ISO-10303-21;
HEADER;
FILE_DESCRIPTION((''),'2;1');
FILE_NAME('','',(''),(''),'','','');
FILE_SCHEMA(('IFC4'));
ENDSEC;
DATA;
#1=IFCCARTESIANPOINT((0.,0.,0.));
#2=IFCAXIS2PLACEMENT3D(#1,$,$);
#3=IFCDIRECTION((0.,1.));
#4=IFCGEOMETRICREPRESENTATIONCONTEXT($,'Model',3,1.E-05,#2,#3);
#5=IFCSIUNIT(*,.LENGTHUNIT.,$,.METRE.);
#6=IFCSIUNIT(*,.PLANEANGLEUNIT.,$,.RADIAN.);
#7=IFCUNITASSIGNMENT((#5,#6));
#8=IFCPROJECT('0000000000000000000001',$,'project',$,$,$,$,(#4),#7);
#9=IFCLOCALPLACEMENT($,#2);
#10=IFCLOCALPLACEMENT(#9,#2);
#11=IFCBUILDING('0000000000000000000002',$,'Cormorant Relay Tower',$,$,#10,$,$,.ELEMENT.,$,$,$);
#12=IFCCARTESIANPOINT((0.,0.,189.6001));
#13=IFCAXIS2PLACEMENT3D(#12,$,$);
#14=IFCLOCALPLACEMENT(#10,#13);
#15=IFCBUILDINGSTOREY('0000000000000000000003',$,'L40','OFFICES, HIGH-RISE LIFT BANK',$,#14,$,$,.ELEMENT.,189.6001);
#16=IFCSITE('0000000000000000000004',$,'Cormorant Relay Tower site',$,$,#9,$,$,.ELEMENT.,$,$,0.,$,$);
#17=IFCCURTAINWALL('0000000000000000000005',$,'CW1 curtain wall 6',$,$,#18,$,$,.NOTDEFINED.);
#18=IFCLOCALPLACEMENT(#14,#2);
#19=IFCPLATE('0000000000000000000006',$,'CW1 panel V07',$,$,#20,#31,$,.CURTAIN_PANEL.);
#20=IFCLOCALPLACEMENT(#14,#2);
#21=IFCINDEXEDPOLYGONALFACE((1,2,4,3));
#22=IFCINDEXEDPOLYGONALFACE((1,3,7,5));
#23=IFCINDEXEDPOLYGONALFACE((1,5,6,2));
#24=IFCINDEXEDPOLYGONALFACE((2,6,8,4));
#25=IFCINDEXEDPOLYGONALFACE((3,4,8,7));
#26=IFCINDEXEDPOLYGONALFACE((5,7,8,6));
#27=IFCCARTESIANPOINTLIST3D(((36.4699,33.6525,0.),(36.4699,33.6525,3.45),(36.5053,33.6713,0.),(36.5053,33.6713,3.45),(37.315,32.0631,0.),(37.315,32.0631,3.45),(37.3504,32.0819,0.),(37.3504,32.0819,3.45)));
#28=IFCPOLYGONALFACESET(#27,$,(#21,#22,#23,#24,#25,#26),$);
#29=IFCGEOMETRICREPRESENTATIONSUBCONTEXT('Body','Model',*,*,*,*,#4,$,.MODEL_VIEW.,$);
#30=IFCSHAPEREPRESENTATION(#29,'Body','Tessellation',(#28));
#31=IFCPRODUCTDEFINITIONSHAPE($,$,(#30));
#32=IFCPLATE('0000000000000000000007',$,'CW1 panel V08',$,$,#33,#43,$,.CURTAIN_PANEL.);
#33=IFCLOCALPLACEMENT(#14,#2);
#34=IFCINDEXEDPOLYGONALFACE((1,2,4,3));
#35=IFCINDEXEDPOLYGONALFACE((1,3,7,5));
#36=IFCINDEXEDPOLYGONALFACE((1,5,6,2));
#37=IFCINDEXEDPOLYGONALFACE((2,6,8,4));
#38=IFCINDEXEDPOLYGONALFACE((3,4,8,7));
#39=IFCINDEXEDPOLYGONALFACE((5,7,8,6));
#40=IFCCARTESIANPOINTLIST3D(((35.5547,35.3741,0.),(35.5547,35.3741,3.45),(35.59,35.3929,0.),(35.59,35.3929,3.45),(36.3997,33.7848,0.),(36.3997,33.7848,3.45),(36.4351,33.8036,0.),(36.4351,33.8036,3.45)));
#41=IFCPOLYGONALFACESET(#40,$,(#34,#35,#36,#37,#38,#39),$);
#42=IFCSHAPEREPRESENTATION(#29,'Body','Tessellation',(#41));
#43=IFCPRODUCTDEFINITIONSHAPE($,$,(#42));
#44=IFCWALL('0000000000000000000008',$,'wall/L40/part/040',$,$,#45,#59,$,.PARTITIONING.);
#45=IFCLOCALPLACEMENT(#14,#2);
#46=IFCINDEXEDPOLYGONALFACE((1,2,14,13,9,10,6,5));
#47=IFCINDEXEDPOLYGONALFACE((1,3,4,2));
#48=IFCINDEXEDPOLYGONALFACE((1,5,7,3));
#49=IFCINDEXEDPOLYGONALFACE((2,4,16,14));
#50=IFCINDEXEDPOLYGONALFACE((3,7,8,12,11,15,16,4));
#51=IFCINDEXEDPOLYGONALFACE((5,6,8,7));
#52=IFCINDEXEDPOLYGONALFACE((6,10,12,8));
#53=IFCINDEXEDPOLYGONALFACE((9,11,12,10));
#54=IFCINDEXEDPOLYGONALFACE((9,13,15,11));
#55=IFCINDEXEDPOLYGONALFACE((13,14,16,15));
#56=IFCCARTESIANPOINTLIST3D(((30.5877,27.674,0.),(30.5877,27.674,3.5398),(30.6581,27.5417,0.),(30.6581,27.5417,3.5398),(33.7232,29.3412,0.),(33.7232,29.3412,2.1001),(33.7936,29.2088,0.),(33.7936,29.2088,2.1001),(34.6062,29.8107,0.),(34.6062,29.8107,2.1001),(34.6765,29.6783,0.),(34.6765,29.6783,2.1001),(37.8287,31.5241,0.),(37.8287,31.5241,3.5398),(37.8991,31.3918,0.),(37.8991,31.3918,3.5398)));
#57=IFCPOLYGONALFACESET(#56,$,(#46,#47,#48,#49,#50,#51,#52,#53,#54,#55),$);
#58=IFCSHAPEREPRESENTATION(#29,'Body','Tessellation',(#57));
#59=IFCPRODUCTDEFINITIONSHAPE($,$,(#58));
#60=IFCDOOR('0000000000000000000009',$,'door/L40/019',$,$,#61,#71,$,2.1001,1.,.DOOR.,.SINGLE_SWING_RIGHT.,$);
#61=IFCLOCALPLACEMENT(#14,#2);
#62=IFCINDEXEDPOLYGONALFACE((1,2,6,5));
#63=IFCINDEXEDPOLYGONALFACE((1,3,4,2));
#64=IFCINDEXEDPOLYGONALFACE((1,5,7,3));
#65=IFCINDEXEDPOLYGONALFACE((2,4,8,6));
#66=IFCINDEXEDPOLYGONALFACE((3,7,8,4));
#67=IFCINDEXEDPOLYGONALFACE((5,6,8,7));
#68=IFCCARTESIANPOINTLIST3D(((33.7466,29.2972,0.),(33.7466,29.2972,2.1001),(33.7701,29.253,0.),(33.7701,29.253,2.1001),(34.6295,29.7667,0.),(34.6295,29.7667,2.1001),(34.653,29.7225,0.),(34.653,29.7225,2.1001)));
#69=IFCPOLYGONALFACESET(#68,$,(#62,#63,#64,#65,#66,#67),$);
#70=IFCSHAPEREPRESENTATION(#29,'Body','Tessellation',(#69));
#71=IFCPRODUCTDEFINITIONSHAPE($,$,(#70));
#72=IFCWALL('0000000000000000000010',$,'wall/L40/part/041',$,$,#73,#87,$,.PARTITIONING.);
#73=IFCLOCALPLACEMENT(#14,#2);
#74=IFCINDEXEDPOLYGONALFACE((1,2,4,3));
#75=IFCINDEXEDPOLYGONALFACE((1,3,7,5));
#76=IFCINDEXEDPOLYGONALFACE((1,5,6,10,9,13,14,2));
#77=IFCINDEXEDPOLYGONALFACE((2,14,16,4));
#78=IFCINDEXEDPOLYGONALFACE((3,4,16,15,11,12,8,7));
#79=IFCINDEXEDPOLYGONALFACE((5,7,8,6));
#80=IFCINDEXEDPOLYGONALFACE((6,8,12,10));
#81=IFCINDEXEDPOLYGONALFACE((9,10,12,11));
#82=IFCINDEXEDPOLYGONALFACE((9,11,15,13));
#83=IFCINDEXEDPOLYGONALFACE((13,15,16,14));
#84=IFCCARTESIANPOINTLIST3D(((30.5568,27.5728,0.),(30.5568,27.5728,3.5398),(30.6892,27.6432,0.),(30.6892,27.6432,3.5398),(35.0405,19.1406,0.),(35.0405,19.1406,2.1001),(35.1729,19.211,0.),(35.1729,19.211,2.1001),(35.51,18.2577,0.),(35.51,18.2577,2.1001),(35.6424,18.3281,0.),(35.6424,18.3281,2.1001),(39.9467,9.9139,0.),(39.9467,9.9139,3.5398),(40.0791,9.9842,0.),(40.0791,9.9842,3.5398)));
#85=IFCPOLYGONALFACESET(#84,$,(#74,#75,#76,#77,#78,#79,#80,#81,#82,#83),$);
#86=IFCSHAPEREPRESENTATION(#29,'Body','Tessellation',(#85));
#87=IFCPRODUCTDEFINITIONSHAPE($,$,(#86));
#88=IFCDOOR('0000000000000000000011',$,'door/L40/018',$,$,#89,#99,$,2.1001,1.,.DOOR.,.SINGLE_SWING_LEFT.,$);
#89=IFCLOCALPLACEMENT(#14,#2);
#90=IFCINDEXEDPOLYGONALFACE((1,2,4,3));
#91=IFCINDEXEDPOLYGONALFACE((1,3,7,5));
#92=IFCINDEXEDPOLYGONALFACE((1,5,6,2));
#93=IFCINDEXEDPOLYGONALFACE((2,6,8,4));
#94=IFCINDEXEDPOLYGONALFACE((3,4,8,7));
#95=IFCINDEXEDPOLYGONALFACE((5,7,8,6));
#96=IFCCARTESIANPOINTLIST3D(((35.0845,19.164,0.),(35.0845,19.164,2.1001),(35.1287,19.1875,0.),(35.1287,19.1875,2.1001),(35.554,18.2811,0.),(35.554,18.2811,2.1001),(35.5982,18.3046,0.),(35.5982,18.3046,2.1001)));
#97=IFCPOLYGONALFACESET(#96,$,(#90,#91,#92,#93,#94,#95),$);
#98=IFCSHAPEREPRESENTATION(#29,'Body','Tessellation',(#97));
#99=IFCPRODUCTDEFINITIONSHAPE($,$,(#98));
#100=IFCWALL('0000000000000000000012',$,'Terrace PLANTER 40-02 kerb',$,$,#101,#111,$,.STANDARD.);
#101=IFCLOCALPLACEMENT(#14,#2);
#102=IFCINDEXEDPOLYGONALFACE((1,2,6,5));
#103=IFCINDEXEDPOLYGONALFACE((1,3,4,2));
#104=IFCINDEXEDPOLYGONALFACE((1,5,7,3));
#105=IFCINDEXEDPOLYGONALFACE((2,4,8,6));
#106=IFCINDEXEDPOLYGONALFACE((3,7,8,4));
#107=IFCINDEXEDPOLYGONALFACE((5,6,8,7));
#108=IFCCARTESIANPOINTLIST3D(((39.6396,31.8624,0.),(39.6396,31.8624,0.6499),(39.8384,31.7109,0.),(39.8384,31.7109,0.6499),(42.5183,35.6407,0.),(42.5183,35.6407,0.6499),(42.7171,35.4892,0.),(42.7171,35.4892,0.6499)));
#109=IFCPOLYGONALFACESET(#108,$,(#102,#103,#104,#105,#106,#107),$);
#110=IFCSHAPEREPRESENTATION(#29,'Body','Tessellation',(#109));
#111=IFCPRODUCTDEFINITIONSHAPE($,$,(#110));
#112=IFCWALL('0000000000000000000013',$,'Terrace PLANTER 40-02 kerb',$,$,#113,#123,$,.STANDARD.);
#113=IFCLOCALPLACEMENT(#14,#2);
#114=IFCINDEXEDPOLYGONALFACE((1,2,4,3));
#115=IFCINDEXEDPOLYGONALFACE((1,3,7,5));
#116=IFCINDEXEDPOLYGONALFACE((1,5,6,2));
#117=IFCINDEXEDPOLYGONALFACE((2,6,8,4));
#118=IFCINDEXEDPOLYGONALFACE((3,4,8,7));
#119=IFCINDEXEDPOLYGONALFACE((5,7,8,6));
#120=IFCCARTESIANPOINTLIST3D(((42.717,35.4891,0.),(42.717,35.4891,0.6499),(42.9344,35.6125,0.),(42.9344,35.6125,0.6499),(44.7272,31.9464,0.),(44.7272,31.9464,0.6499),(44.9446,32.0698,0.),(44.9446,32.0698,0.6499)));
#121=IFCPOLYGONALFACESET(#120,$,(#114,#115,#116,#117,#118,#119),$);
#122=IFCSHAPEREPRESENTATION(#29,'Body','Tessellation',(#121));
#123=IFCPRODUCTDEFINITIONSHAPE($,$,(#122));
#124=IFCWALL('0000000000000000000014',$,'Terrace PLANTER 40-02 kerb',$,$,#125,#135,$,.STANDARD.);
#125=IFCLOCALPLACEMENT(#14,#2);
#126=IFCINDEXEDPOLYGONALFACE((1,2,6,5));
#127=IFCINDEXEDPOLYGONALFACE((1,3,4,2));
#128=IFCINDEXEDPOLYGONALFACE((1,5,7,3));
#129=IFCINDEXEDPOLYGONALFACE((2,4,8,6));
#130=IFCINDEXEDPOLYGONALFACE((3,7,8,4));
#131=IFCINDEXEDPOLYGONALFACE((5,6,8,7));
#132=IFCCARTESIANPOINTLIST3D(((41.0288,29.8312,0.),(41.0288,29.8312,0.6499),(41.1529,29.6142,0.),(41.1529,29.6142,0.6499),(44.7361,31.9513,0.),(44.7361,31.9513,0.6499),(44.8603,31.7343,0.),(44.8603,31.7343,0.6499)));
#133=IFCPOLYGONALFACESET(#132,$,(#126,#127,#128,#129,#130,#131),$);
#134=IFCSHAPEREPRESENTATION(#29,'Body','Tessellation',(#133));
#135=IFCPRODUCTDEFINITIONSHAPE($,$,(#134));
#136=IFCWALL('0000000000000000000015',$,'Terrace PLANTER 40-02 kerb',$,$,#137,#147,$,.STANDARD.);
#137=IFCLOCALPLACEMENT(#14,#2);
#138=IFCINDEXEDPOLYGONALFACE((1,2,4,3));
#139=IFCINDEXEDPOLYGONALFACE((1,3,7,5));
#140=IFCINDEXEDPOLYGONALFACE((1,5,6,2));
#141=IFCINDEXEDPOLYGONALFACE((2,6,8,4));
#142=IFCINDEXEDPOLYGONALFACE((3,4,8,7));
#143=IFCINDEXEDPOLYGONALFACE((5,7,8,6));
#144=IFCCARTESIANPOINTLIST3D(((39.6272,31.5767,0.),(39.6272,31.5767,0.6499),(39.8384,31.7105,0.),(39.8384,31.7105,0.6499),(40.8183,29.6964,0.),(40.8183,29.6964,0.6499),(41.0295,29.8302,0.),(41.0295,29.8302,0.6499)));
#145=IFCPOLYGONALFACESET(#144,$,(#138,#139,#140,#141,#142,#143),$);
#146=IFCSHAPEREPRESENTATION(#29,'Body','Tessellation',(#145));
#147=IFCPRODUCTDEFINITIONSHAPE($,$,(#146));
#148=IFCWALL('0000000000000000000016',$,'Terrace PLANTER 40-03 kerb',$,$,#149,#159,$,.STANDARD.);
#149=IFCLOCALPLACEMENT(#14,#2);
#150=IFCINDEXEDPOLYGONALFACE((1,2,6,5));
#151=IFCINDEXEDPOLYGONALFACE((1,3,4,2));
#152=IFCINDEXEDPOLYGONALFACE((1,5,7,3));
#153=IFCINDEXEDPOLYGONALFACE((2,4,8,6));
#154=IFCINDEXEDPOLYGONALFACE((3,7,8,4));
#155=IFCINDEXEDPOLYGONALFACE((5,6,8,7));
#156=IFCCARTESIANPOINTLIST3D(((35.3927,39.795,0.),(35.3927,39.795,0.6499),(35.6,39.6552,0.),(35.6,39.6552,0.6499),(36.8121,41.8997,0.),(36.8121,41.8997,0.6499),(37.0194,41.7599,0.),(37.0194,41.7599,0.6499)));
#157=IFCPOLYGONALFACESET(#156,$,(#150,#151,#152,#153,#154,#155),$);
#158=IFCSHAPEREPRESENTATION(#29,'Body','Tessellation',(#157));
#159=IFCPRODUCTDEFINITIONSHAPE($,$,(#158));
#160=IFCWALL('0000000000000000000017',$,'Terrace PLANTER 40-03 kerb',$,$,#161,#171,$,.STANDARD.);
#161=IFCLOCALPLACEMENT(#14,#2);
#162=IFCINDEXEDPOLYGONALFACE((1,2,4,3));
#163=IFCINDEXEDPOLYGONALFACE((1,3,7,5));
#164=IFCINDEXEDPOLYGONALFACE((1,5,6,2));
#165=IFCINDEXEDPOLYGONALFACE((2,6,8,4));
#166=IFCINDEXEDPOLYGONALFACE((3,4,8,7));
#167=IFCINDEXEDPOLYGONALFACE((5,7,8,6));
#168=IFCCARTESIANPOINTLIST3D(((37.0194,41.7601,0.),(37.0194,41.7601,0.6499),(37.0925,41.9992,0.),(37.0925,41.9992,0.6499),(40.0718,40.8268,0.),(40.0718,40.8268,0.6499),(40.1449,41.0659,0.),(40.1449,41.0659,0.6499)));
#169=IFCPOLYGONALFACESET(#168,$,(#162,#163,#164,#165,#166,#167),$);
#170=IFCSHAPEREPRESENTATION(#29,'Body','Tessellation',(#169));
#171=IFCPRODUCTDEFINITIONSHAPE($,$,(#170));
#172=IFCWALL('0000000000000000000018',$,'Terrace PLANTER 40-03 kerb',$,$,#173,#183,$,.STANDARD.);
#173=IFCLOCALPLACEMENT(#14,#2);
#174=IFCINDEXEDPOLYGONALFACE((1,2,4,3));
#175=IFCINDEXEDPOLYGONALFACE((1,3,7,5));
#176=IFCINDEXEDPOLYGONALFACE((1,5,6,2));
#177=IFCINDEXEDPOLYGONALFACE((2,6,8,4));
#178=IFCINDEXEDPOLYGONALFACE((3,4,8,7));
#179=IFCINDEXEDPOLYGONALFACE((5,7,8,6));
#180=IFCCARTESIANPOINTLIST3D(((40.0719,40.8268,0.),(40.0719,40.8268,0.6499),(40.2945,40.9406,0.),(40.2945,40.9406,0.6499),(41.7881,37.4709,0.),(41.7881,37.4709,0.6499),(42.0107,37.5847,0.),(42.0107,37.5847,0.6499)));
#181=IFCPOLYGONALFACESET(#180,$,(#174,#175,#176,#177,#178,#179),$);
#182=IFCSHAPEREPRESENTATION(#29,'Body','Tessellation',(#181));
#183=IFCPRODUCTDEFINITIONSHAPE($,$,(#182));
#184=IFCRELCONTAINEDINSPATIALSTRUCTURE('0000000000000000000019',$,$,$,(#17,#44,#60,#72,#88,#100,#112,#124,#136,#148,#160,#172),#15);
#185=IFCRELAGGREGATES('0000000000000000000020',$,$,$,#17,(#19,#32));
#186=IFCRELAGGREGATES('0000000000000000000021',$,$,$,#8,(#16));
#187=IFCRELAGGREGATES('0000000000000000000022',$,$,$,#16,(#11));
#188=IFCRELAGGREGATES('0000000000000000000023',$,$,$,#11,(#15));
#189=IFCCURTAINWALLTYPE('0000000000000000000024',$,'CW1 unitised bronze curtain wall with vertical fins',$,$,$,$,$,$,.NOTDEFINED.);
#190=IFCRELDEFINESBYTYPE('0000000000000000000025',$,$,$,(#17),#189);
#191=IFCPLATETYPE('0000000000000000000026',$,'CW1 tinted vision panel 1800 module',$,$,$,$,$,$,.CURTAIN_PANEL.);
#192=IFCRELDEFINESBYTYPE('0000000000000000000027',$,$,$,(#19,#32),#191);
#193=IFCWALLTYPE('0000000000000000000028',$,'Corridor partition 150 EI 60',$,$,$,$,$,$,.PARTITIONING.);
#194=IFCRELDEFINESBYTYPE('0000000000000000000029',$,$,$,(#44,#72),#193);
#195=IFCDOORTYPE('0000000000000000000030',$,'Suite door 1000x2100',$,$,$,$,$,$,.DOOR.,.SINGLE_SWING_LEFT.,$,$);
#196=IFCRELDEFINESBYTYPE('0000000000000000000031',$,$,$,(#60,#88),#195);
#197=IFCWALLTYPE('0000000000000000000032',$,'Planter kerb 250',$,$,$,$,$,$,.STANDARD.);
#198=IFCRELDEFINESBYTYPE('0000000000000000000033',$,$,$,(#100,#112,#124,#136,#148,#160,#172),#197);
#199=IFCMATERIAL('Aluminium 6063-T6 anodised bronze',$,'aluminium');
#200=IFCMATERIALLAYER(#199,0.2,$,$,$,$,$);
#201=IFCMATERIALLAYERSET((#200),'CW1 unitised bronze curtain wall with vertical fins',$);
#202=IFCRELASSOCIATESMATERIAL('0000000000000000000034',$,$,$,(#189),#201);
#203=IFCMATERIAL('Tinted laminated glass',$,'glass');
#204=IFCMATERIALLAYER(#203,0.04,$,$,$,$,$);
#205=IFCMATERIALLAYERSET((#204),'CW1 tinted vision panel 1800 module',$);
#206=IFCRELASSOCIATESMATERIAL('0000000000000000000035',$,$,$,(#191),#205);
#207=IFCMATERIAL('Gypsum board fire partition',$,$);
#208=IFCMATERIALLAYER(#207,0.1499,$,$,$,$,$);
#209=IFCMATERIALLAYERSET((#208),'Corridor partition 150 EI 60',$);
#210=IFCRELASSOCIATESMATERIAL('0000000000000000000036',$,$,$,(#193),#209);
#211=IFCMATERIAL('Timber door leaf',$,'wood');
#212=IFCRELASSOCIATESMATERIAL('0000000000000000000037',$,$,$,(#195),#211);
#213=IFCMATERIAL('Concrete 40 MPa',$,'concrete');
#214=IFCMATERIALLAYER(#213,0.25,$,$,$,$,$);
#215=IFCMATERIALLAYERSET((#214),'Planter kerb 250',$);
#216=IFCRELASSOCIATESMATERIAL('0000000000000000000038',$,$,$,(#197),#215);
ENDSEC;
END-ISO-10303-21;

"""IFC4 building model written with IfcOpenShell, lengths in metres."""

from ifc_helpers import new_model, si_unit, direction, frame, frame_2d, origin, origin_2d, place, context, subcontext, project, spatial, rectangle, extrude, material, layer, layer_set, type_object, element, fill, aggregate, save


model = new_model("IFC4")

# Units and contexts
model_context = context("Model", 3, precision=1e-05, world=origin(), true_north=direction((0.0, 1.0)))
body_context = subcontext(model_context, "Body", "Model", "MODEL_VIEW")
ifc_project = project(units=[si_unit("LENGTHUNIT", "METRE"), si_unit("PLANEANGLEUNIT", "RADIAN")], contexts=[model_context])

# Site, building, storey
site_placement = place(None, origin())
site = spatial("IfcSite", under=ifc_project, at=site_placement, Name="Cormorant Relay Tower site", CompositionType="ELEMENT", RefElevation=0.0)
building_placement = place(site_placement, origin())
building = spatial("IfcBuilding", under=site, at=building_placement, Name="Cormorant Relay Tower", CompositionType="ELEMENT")
storey_placement = place(building_placement, frame((0.0, 0.0, 189.6001)))
storey = spatial("IfcBuildingStorey", under=building, at=storey_placement, Name="L40", Description="OFFICES, HIGH-RISE LIFT BANK", CompositionType="ELEMENT", Elevation=189.6001)

# Curtain wall
ifc_material_1 = material(Name="Aluminium 6063-T6 anodised bronze", Category="aluminium")
ifc_layer_1 = layer(ifc_material_1, 0.2)
ifc_layer_set_1 = layer_set([ifc_layer_1], Name="CW1 unitised bronze curtain wall with vertical fins")
curtain_wall_type = type_object("IfcCurtainWallType", Name="CW1 unitised bronze curtain wall with vertical fins", PredefinedType="NOTDEFINED", material=ifc_layer_set_1)
curtain_wall_1_placement = place(storey_placement, origin())
curtain_wall_1 = element("IfcCurtainWall", 1, at=curtain_wall_1_placement, inside=storey, type_object=curtain_wall_type, Name="CW1 curtain wall 6", PredefinedType="NOTDEFINED")

# Plates
ifc_material_2 = material(Name="Tinted laminated glass", Category="glass")
ifc_layer_2 = layer(ifc_material_2, 0.04)
ifc_layer_set_2 = layer_set([ifc_layer_2], Name="CW1 tinted vision panel 1800 module")
plate_type = type_object("IfcPlateType", Name="CW1 tinted vision panel 1800 module", PredefinedType="CURTAIN_PANEL", material=ifc_layer_set_2)
plate_1_placement = place(storey_placement, frame((36.9102, 32.8672, 0.0), z_axis=(0.0, 0.0, 1.0), x_axis=(-0.469472, 0.882948, 0.0)))
plate_1 = element("IfcPlate", 2, at=plate_1_placement, type_object=plate_type, Name="CW1 panel V07", PredefinedType="CURTAIN_PANEL", context=body_context, shape_type="SweptSolid", body=[
    extrude(rectangle(XDim=1.8, YDim=0.04, at=origin_2d()), origin(), (0.0, 0.0, 1.0), 3.45),
])
plate_2_placement = place(storey_placement, frame((35.9949, 34.5889, 0.0), z_axis=(0.0, 0.0, 1.0), x_axis=(-0.469472, 0.882948, 0.0)))
plate_2 = element("IfcPlate", 3, at=plate_2_placement, type_object=plate_type, Name="CW1 panel V08", PredefinedType="CURTAIN_PANEL", context=body_context, shape_type="SweptSolid", body=[
    extrude(rectangle(XDim=1.8, YDim=0.04, at=origin_2d()), origin(), (0.0, 0.0, 1.0), 3.45),
])

# Walls, openings, doors
ifc_material_3 = material(Name="Gypsum board fire partition")
ifc_layer_3 = layer(ifc_material_3, 0.1499)
ifc_layer_set_3 = layer_set([ifc_layer_3], Name="Corridor partition 150 EI 60")
wall_type_1 = type_object("IfcWallType", Name="Corridor partition 150 EI 60", PredefinedType="PARTITIONING", material=ifc_layer_set_3)
wall_1_placement = place(storey_placement, frame((37.864, 31.458, 0.0), z_axis=(0.0, 0.0, 1.0), x_axis=(-0.882947, -0.469472, 0.0)))
wall_1 = element("IfcWall", 4, at=wall_1_placement, inside=storey, type_object=wall_type_1, Name="wall/L40/part/040", PredefinedType="PARTITIONING", context=body_context, shape_type="SweptSolid", body=[
    extrude(rectangle(XDim=8.2009, YDim=0.1499, at=frame_2d((4.1006, 0.0))), origin(), (0.0, 0.0, 1.0), 3.5398),
])
opening_1_placement = place(wall_1_placement, frame((3.6499, 0.0, 0.0)))
opening_1 = element("IfcOpeningElement", 5, at=opening_1_placement, cuts=wall_1, PredefinedType="OPENING", context=body_context, shape_type="SweptSolid", body=[
    extrude(rectangle(XDim=1.0, YDim=2.1001, at=frame_2d((0.5, 1.05))), frame((0.0, 0.085, 0.0), z_axis=(0.0, -1.0, 0.0), x_axis=(1.0, 0.0, 0.0)), (0.0, 0.0, 1.0), 0.1699),
])
ifc_material_4 = material(Name="Timber door leaf", Category="wood")
door_type = type_object("IfcDoorType", Name="Suite door 1000x2100", OperationType="SINGLE_SWING_LEFT", PredefinedType="DOOR", material=ifc_material_4)
door_1_placement = place(opening_1_placement, origin())
door_1 = element("IfcDoor", 6, at=door_1_placement, inside=storey, type_object=door_type, Name="door/L40/019", OperationType="SINGLE_SWING_RIGHT", OverallHeight=2.1001, OverallWidth=1.0, PredefinedType="DOOR", context=body_context, shape_type="SweptSolid", body=[
    extrude(rectangle(XDim=1.0, YDim=2.1001, at=frame_2d((0.5, 1.05))), frame((0.0, 0.0249, 0.0), z_axis=(0.0, -1.0, 0.0), x_axis=(1.0, 0.0, 0.0)), (0.0, 0.0, 1.0), 0.05),
])
fill(opening_1, door_1)
wall_2_placement = place(storey_placement, frame((30.623, 27.6079, 0.0), z_axis=(0.0, 0.0, 1.0), x_axis=(0.46949, -0.882938, 0.0)))
wall_2 = element("IfcWall", 7, at=wall_2_placement, inside=storey, type_object=wall_type_1, Name="wall/L40/part/041", PredefinedType="PARTITIONING", context=body_context, shape_type="SweptSolid", body=[
    extrude(rectangle(XDim=20.0002, YDim=0.1499, at=frame_2d((10.0, 0.0))), origin(), (0.0, 0.0, 1.0), 3.5398),
])
opening_2_placement = place(wall_2_placement, frame((9.55, 0.0, 0.0)))
opening_2 = element("IfcOpeningElement", 8, at=opening_2_placement, cuts=wall_2, PredefinedType="OPENING", context=body_context, shape_type="SweptSolid", body=[
    extrude(rectangle(XDim=1.0, YDim=2.1001, at=frame_2d((0.5, 1.05))), frame((0.0, 0.085, 0.0), z_axis=(0.0, -1.0, 0.0), x_axis=(1.0, 0.0, 0.0)), (0.0, 0.0, 1.0), 0.1699),
])
door_2_placement = place(opening_2_placement, origin())
door_2 = element("IfcDoor", 9, at=door_2_placement, inside=storey, type_object=door_type, Name="door/L40/018", OperationType="SINGLE_SWING_LEFT", OverallHeight=2.1001, OverallWidth=1.0, PredefinedType="DOOR", context=body_context, shape_type="SweptSolid", body=[
    extrude(rectangle(XDim=1.0, YDim=2.1001, at=frame_2d((0.5, 1.05))), frame((0.0, 0.0249, 0.0), z_axis=(0.0, -1.0, 0.0), x_axis=(1.0, 0.0, 0.0)), (0.0, 0.0, 1.0), 0.05),
])
fill(opening_2, door_2)

# Walls
ifc_material_5 = material(Name="Concrete 40 MPa", Category="concrete")
ifc_layer_4 = layer(ifc_material_5, 0.25)
ifc_layer_set_4 = layer_set([ifc_layer_4], Name="Planter kerb 250")
wall_type_2 = type_object("IfcWallType", Name="Planter kerb 250", PredefinedType="STANDARD", material=ifc_layer_set_4)
wall_3_placement = place(storey_placement, frame((39.739, 31.7866, 0.0), z_axis=(0.0, 0.0, 1.0), x_axis=(0.606035, 0.795438, 0.0)))
element("IfcWall", 10, at=wall_3_placement, inside=storey, type_object=wall_type_2, Name="Terrace PLANTER 40-02 kerb", PredefinedType="STANDARD", context=body_context, shape_type="SweptSolid", body=[
    extrude(rectangle(XDim=4.75, YDim=0.25, at=frame_2d((2.375, 0.0))), origin(), (0.0, 0.0, 1.0), 0.6499),
])
wall_4_placement = place(storey_placement, frame((42.8257, 35.5508, 0.0), z_axis=(0.0, 0.0, 1.0), x_axis=(0.493516, -0.869737, 0.0)))
element("IfcWall", 11, at=wall_4_placement, inside=storey, type_object=wall_type_2, Name="Terrace PLANTER 40-02 kerb", PredefinedType="STANDARD", context=body_context, shape_type="SweptSolid", body=[
    extrude(rectangle(XDim=4.0732, YDim=0.25, at=frame_2d((2.0366, 0.0))), origin(), (0.0, 0.0, 1.0), 0.6499),
])
wall_5_placement = place(storey_placement, frame((44.7981, 31.8428, 0.0), z_axis=(0.0, 0.0, 1.0), x_axis=(-0.868074, -0.496434, 0.0)))
element("IfcWall", 12, at=wall_5_placement, inside=storey, type_object=wall_type_2, Name="Terrace PLANTER 40-02 kerb", PredefinedType="STANDARD", context=body_context, shape_type="SweptSolid", body=[
    extrude(rectangle(XDim=4.2708, YDim=0.25, at=frame_2d((2.1353, 0.0))), origin(), (0.0, 0.0, 1.0), 0.6499),
])
wall_6_placement = place(storey_placement, frame((40.9238, 29.7634, 0.0), z_axis=(0.0, 0.0, 1.0), x_axis=(-0.535136, 0.844766, 0.0)))
element("IfcWall", 13, at=wall_6_placement, inside=storey, type_object=wall_type_2, Name="Terrace PLANTER 40-02 kerb", PredefinedType="STANDARD", context=body_context, shape_type="SweptSolid", body=[
    extrude(rectangle(XDim=2.2258, YDim=0.25, at=frame_2d((1.1128, 0.0))), origin(), (0.0, 0.0, 1.0), 0.6499),
])
wall_7_placement = place(storey_placement, frame((35.4963, 39.7251, 0.0), z_axis=(0.0, 0.0, 1.0), x_axis=(0.559131, 0.829079, 0.0)))
element("IfcWall", 14, at=wall_7_placement, inside=storey, type_object=wall_type_2, Name="Terrace PLANTER 40-03 kerb", PredefinedType="STANDARD", context=body_context, shape_type="SweptSolid", body=[
    extrude(rectangle(XDim=2.5386, YDim=0.25, at=frame_2d((1.2693, 0.0))), origin(), (0.0, 0.0, 1.0), 0.6499),
])
wall_8_placement = place(storey_placement, frame((37.0559, 41.8796, 0.0), z_axis=(0.0, 0.0, 1.0), x_axis=(0.956295, -0.292403, 0.0)))
element("IfcWall", 15, at=wall_8_placement, inside=storey, type_object=wall_type_2, Name="Terrace PLANTER 40-03 kerb", PredefinedType="STANDARD", context=body_context, shape_type="SweptSolid", body=[
    extrude(rectangle(XDim=3.1919, YDim=0.25, at=frame_2d((1.5959, 0.0))), origin(), (0.0, 0.0, 1.0), 0.6499),
])
wall_9_placement = place(storey_placement, frame((40.1831, 40.8838, 0.0), z_axis=(0.0, 0.0, 1.0), x_axis=(0.45533, -0.890323, 0.0)))
element("IfcWall", 16, at=wall_9_placement, inside=storey, type_object=wall_type_2, Name="Terrace PLANTER 40-03 kerb", PredefinedType="STANDARD", context=body_context, shape_type="SweptSolid", body=[
    extrude(rectangle(XDim=3.7693, YDim=0.25, at=frame_2d((1.8848, 0.0))), origin(), (0.0, 0.0, 1.0), 0.6499),
])

aggregate(curtain_wall_1, [plate_1, plate_2])

save(model, "model.ifc")
